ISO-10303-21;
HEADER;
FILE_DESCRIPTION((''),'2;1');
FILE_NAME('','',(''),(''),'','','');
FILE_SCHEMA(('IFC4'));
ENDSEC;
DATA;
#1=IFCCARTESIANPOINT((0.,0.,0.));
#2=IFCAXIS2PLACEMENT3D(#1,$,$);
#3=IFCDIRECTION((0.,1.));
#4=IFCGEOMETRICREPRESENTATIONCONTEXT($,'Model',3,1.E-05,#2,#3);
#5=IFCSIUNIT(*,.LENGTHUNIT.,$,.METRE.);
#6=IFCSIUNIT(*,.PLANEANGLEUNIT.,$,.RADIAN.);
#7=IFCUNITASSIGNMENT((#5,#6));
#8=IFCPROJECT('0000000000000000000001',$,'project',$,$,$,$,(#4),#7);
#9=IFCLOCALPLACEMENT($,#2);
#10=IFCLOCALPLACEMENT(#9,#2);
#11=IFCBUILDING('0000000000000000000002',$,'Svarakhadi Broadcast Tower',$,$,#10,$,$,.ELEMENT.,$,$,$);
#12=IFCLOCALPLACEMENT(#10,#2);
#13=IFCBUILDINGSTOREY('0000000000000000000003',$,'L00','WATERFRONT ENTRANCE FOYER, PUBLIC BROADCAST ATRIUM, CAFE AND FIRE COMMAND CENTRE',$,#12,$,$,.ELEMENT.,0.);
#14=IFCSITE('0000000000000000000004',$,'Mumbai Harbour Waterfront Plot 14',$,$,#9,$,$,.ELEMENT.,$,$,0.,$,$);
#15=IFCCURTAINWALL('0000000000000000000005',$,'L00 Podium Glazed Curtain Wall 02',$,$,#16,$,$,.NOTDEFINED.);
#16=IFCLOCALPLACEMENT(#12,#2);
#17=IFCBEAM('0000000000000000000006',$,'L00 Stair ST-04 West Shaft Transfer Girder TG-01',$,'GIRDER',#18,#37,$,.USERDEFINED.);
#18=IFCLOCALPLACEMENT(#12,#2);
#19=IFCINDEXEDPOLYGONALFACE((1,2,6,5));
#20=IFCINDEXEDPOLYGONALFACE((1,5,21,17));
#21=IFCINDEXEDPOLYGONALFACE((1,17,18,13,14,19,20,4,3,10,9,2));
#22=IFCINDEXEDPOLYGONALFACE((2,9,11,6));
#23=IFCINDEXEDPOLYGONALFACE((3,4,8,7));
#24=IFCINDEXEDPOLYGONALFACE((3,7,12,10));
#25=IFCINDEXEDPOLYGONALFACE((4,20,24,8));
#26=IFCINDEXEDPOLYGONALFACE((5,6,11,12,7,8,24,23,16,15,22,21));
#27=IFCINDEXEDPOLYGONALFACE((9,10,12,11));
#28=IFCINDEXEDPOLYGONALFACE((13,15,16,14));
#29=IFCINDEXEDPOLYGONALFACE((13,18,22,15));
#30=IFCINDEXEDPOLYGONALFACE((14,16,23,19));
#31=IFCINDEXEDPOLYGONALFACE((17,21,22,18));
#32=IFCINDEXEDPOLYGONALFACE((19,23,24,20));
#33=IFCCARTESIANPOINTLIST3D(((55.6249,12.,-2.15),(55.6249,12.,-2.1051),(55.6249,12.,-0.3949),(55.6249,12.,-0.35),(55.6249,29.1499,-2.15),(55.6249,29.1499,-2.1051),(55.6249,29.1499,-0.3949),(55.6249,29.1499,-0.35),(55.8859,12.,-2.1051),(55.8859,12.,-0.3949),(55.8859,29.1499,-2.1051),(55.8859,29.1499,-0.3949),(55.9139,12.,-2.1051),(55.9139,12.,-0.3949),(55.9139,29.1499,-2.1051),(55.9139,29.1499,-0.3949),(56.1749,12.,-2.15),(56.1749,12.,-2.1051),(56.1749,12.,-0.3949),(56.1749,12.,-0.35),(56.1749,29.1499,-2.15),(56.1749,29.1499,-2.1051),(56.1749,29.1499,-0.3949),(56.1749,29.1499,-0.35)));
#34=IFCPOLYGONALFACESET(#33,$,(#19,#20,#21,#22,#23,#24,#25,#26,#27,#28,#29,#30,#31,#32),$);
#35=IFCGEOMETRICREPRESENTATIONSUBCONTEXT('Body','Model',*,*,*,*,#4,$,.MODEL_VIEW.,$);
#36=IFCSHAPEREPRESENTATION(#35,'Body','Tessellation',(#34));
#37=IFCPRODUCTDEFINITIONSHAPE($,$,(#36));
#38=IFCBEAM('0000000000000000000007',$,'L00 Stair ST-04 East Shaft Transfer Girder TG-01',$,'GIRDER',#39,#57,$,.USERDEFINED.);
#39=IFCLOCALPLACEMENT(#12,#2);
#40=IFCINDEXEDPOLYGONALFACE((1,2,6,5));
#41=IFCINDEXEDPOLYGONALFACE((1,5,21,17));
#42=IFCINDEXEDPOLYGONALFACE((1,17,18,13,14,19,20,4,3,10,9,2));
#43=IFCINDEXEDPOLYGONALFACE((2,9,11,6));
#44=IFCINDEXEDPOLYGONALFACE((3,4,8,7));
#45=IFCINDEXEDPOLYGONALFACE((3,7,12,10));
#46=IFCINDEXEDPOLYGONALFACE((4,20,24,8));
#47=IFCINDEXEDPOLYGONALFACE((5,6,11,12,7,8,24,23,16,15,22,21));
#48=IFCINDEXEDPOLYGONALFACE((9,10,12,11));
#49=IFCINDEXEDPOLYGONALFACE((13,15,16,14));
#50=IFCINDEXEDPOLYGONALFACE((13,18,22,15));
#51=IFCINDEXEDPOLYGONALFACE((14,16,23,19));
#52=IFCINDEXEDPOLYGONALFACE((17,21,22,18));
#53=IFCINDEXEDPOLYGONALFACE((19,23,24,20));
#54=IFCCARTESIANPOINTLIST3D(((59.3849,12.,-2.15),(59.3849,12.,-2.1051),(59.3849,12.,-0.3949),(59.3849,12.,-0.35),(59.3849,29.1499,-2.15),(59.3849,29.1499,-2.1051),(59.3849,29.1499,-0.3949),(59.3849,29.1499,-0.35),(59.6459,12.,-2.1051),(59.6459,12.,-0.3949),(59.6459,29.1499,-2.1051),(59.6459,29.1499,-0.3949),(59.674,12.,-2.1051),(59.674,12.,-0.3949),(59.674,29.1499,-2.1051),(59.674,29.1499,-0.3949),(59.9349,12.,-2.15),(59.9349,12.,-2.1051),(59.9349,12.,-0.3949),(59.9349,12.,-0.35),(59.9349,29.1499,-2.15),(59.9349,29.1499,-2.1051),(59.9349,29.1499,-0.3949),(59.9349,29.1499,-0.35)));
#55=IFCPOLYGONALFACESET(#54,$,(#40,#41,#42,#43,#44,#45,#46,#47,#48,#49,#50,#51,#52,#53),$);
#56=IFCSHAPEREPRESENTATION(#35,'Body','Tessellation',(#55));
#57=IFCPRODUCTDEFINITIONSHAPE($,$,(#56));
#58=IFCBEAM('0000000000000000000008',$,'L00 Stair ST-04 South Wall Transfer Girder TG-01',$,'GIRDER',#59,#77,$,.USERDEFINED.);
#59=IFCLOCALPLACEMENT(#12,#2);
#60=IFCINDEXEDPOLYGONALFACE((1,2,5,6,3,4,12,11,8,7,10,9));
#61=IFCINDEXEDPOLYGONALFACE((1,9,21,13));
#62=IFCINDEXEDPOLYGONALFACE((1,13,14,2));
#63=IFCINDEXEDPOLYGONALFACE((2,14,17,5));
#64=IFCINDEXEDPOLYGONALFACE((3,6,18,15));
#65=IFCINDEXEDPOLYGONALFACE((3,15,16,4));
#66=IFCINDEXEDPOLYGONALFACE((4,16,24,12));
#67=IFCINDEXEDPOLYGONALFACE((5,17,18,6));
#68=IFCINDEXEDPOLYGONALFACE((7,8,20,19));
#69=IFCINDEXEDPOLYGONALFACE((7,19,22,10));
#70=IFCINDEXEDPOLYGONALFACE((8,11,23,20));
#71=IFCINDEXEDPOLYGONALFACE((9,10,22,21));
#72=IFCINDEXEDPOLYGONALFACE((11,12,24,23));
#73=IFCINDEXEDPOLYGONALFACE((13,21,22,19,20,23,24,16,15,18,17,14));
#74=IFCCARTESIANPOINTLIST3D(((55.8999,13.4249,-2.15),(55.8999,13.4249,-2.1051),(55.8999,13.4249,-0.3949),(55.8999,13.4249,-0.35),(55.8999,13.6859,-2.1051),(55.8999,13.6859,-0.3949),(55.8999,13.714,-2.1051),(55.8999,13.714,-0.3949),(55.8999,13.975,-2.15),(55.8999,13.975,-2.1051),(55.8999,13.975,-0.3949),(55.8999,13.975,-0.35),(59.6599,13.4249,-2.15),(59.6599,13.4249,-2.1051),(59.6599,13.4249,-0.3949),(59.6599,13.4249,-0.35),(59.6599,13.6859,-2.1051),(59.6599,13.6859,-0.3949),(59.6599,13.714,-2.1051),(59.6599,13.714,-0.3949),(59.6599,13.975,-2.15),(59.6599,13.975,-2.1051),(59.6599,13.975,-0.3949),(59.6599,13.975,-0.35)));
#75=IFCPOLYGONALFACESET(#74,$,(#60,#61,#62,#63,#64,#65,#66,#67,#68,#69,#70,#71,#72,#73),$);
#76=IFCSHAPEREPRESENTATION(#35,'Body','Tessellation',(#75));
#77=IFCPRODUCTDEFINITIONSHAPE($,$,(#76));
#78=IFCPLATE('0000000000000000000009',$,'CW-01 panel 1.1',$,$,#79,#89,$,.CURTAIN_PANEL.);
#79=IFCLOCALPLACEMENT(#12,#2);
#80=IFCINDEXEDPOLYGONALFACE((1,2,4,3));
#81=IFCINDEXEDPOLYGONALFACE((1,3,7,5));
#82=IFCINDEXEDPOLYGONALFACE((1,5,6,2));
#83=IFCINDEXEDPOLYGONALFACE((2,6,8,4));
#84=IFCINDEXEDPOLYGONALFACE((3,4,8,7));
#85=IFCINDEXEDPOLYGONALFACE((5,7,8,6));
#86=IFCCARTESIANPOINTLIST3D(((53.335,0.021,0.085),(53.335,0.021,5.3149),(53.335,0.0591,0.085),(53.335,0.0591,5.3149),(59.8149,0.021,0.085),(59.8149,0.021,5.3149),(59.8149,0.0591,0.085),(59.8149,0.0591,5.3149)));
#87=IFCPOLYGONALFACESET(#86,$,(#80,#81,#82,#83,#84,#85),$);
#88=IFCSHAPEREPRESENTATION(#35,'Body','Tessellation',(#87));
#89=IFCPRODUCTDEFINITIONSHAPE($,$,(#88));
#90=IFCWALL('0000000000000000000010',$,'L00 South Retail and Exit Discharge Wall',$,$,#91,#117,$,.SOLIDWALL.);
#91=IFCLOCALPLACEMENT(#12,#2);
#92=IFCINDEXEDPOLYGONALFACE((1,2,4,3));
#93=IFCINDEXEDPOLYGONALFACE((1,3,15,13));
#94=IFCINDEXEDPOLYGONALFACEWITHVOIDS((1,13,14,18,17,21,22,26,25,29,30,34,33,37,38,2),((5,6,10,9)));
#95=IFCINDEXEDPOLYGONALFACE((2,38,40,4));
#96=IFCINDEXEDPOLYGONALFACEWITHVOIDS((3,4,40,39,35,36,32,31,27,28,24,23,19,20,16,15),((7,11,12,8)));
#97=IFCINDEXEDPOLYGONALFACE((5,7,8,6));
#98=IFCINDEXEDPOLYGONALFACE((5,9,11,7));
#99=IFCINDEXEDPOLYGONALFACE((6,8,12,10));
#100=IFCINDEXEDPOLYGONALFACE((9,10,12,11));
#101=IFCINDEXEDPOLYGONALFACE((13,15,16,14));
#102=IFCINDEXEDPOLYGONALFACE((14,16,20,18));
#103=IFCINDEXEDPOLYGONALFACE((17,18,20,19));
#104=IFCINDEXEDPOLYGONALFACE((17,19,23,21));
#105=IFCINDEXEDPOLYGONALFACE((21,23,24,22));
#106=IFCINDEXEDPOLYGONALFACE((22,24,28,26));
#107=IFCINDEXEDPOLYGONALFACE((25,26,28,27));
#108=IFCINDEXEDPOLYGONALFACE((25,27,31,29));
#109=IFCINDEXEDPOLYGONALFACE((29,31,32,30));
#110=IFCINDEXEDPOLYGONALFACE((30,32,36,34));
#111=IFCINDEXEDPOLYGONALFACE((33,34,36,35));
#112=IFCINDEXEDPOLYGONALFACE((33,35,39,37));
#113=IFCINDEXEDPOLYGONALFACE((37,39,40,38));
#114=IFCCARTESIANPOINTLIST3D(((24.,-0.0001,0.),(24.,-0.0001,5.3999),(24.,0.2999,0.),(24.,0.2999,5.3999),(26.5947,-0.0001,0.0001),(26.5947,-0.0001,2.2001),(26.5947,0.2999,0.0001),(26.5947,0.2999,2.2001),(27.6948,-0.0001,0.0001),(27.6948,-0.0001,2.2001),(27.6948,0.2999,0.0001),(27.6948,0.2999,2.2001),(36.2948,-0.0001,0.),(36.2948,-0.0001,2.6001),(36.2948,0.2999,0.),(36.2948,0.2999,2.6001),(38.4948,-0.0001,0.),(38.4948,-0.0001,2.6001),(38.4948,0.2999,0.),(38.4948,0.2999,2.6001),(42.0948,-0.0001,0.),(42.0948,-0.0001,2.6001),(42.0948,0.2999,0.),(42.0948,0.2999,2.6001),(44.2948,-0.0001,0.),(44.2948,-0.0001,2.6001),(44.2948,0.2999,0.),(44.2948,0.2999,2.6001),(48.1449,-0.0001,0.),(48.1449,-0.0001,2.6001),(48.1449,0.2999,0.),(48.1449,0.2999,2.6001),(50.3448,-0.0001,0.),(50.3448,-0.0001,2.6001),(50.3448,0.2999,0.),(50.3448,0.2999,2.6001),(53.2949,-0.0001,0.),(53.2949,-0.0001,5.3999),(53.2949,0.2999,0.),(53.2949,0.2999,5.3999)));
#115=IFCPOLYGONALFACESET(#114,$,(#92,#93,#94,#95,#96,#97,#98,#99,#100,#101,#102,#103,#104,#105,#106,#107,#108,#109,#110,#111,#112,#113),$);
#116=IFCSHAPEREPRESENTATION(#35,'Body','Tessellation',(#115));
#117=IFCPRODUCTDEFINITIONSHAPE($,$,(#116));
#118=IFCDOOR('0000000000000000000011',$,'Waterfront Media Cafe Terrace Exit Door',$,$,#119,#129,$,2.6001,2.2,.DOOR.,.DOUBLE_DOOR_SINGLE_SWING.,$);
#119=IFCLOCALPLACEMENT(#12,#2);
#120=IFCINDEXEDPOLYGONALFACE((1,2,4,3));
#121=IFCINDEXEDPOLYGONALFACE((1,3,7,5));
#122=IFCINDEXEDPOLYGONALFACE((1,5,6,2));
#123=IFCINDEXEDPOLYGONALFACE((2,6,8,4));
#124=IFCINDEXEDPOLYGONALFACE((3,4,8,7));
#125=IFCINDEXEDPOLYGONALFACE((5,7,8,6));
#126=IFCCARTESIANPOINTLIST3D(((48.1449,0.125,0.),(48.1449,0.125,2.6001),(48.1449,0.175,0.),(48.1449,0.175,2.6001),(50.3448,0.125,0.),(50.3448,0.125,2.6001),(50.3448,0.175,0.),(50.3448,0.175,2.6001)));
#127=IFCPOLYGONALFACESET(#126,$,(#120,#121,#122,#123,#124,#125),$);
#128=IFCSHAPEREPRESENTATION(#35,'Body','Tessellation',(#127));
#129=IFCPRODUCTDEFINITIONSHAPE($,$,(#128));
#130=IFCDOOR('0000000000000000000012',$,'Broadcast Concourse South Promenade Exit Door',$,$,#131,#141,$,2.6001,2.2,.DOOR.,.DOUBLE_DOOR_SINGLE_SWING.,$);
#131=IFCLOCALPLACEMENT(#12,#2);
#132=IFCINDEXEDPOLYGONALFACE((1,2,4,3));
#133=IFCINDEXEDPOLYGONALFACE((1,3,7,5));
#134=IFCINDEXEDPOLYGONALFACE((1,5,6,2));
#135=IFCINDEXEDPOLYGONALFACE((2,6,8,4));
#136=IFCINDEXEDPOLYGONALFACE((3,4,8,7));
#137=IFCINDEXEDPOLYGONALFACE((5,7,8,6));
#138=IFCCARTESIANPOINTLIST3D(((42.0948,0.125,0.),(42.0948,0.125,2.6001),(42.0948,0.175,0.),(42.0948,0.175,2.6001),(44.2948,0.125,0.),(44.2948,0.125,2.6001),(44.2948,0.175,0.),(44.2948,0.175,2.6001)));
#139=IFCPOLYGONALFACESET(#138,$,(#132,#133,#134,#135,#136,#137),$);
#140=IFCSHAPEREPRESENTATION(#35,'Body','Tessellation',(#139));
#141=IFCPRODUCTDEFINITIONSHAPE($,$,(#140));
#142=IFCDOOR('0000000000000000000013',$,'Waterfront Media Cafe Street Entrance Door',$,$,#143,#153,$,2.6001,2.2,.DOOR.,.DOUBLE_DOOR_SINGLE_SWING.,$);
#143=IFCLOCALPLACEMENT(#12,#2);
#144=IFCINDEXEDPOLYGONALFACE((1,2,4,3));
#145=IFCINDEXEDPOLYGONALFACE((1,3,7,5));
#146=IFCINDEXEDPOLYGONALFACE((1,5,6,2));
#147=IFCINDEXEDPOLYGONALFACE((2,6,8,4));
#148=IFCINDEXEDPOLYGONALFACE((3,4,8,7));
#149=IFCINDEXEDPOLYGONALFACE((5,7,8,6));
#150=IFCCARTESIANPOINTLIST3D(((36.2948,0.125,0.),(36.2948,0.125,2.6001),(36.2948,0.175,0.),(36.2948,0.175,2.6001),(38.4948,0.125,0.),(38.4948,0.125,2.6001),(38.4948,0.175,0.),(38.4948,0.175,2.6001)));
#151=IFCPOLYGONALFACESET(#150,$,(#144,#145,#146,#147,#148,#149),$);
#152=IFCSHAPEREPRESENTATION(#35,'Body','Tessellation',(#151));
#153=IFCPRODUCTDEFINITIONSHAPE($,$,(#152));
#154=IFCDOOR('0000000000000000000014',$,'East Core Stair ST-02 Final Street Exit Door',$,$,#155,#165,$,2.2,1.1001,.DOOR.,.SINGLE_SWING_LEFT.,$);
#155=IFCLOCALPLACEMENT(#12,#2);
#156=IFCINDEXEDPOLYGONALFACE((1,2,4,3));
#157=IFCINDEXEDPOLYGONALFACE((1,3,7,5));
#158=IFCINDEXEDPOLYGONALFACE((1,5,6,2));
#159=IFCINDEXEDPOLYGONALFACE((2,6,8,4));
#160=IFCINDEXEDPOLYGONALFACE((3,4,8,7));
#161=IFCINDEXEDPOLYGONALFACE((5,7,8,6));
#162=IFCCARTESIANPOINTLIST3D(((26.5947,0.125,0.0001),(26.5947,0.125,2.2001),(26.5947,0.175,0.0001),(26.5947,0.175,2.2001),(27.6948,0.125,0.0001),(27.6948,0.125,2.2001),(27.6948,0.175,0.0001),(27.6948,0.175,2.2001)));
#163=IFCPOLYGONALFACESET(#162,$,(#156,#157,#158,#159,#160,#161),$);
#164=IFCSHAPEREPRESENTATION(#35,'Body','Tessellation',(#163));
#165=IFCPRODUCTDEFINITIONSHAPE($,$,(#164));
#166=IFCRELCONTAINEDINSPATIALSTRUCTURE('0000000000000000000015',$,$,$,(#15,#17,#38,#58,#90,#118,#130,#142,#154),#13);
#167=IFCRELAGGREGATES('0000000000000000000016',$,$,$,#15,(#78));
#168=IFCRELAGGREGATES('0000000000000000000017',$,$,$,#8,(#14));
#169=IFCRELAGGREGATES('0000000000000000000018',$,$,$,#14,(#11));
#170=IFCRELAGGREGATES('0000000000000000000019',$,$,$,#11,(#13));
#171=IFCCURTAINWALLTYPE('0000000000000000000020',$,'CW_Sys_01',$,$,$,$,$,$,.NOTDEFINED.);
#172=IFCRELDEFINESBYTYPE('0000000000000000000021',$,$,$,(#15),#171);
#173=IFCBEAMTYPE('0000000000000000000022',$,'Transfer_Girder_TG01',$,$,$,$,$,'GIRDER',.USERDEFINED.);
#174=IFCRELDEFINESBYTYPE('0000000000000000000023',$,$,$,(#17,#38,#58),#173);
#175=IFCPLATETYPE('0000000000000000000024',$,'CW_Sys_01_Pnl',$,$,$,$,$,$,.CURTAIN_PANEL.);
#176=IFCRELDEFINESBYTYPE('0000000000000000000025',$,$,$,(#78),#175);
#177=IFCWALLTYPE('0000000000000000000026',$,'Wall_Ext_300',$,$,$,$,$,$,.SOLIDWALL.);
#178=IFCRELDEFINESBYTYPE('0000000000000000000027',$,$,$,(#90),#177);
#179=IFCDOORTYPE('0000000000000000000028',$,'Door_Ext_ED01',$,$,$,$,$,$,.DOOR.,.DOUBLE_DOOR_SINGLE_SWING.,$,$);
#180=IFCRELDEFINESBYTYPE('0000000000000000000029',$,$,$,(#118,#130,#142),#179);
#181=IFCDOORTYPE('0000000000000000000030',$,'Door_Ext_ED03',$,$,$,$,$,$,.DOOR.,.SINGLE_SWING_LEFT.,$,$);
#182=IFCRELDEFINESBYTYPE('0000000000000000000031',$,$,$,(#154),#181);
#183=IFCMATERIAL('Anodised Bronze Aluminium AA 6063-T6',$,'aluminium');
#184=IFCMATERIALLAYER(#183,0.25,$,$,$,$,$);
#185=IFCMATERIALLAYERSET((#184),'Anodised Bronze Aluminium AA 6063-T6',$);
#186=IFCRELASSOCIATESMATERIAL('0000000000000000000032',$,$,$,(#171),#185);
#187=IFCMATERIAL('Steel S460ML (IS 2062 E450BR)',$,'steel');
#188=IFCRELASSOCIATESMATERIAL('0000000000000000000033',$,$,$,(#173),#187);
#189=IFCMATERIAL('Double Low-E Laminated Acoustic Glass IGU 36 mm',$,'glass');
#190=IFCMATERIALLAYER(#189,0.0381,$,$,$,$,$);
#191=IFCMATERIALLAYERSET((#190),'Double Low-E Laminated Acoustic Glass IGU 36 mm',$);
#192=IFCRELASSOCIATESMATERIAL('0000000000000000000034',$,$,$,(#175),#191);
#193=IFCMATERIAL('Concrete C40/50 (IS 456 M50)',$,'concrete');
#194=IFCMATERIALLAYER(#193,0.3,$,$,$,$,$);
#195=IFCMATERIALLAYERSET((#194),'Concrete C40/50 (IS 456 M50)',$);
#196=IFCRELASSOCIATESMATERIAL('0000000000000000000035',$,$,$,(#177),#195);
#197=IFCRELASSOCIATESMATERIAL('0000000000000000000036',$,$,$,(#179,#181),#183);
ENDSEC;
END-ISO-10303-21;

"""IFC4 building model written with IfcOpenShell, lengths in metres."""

from ifc_helpers import new_model, si_unit, direction, frame, frame_2d, origin, origin_2d, place, context, subcontext, project, spatial, rectangle, i_section, extrude, material, layer, layer_set, material_profile, profile_set, type_object, element, fill, aggregate, save


model = new_model("IFC4")

# Units and contexts
model_context = context("Model", 3, precision=1e-05, world=origin(), true_north=direction((0.0, 1.0)))
body_context = subcontext(model_context, "Body", "Model", "MODEL_VIEW")
ifc_project = project(units=[si_unit("LENGTHUNIT", "METRE"), si_unit("PLANEANGLEUNIT", "RADIAN")], contexts=[model_context])

# Site, building, storey
site_placement = place(None, origin())
site = spatial("IfcSite", under=ifc_project, at=site_placement, Name="Mumbai Harbour Waterfront Plot 14", CompositionType="ELEMENT", RefElevation=0.0)
building_placement = place(site_placement, origin())
building = spatial("IfcBuilding", under=site, at=building_placement, Name="Svarakhadi Broadcast Tower", CompositionType="ELEMENT")
storey_placement = place(building_placement, origin())
storey = spatial("IfcBuildingStorey", under=building, at=storey_placement, Name="L00", Description="WATERFRONT ENTRANCE FOYER, PUBLIC BROADCAST ATRIUM, CAFE AND FIRE COMMAND CENTRE", CompositionType="ELEMENT", Elevation=0.0)

# Curtain wall
ifc_material_1 = material(Name="Anodised Bronze Aluminium AA 6063-T6", Category="aluminium")
ifc_layer_1 = layer(ifc_material_1, 0.25)
ifc_layer_set_1 = layer_set([ifc_layer_1], Name="Anodised Bronze Aluminium AA 6063-T6")
curtain_wall_type = type_object("IfcCurtainWallType", Name="CW_Sys_01", PredefinedType="NOTDEFINED", material=ifc_layer_set_1)
curtain_wall_placement = place(storey_placement, origin())
curtain_wall = element("IfcCurtainWall", 1, at=curtain_wall_placement, inside=storey, type_object=curtain_wall_type, Name="L00 Podium Glazed Curtain Wall 02", PredefinedType="NOTDEFINED")

# Beams
ifc_material_2 = material(Name="Steel S460ML (IS 2062 E450BR)", Category="steel")
ifc_material_profile_1 = material_profile(ifc_material_2, i_section(OverallWidth=0.55, OverallDepth=1.8, WebThickness=0.0281, FlangeThickness=0.0449, at=origin_2d()), Name="PG 1800x550x45")
ifc_profile_set_1 = profile_set([ifc_material_profile_1], Name="Steel S460ML (IS 2062 E450BR)")
beam_type_1 = type_object("IfcBeamType", Name="Transfer_Girder_TG01", ElementType="GIRDER", PredefinedType="USERDEFINED", material=ifc_profile_set_1)
for number, where, z_axis, x_axis, name in (
    (2, (55.8999, 12.0, -1.25), (0.0, 1.0, 0.0), (-1.0, 0.0, 0.0), "L00 Stair ST-04 West Shaft Transfer Girder TG-01"),
    (3, (59.6599, 12.0, -1.25), (0.0, 1.0, 0.0), (-1.0, 0.0, 0.0), "L00 Stair ST-04 East Shaft Transfer Girder TG-01"),
):
    element("IfcBeam", number, at=place(storey_placement, frame(where, z_axis=z_axis, x_axis=x_axis)), inside=storey, type_object=beam_type_1, Name=name, ObjectType="GIRDER", PredefinedType="USERDEFINED", context=body_context, shape_type="SweptSolid", body=[
        extrude(i_section(OverallWidth=0.55, OverallDepth=1.8, WebThickness=0.0281, FlangeThickness=0.0449, at=origin_2d()), origin(), (0.0, 0.0, 1.0), 17.1499),
    ])
beam_1_placement = place(storey_placement, frame((55.8999, 13.7, -1.25), z_axis=(1.0, 0.0, 0.0), x_axis=(0.0, 1.0, 0.0)))
element("IfcBeam", 4, at=beam_1_placement, inside=storey, type_object=beam_type_1, Name="L00 Stair ST-04 South Wall Transfer Girder TG-01", ObjectType="GIRDER", PredefinedType="USERDEFINED", context=body_context, shape_type="SweptSolid", body=[
    extrude(i_section(OverallWidth=0.55, OverallDepth=1.8, WebThickness=0.0281, FlangeThickness=0.0449, at=origin_2d()), origin(), (0.0, 0.0, 1.0), 3.76),
])

# Plate
ifc_material_3 = material(Name="Double Low-E Laminated Acoustic Glass IGU 36 mm", Category="glass")
ifc_layer_2 = layer(ifc_material_3, 0.0381)
ifc_layer_set_2 = layer_set([ifc_layer_2], Name="Double Low-E Laminated Acoustic Glass IGU 36 mm")
plate_type = type_object("IfcPlateType", Name="CW_Sys_01_Pnl", PredefinedType="CURTAIN_PANEL", material=ifc_layer_set_2)
plate_placement = place(storey_placement, frame((56.575, 0.04, 0.085), z_axis=(0.0, 0.0, 1.0), x_axis=(-1.0, 0.0, 0.0)))
plate = element("IfcPlate", 5, at=plate_placement, type_object=plate_type, Name="CW-01 panel 1.1", PredefinedType="CURTAIN_PANEL", context=body_context, shape_type="SweptSolid", body=[
    extrude(rectangle(XDim=6.48, YDim=0.0381, at=origin_2d()), origin(), (0.0, 0.0, 1.0), 5.23),
])
aggregate(curtain_wall, [plate])

# Wall, openings, doors
ifc_material_4 = material(Name="Concrete C40/50 (IS 456 M50)", Category="concrete")
ifc_layer_3 = layer(ifc_material_4, 0.3)
ifc_layer_set_3 = layer_set([ifc_layer_3], Name="Concrete C40/50 (IS 456 M50)")
wall_type_1 = type_object("IfcWallType", Name="Wall_Ext_300", PredefinedType="SOLIDWALL", material=ifc_layer_set_3)
wall_1_placement = place(storey_placement, frame((53.2949, 0.1499, 0.0), z_axis=(0.0, 0.0, 1.0), x_axis=(-1.0, 0.0, 0.0)))
wall_1 = element("IfcWall", 6, at=wall_1_placement, inside=storey, type_object=wall_type_1, Name="L00 South Retail and Exit Discharge Wall", PredefinedType="SOLIDWALL", context=body_context, shape_type="SweptSolid", body=[
    extrude(rectangle(XDim=29.2949, YDim=0.3, at=frame_2d((14.6475, 0.0))), origin(), (0.0, 0.0, 1.0), 5.3999),
])
opening_1_placement = place(wall_1_placement, frame((2.95, 0.0, 0.0)))
opening_1 = element("IfcOpeningElement", 7, at=opening_1_placement, cuts=wall_1, PredefinedType="OPENING", context=body_context, shape_type="SweptSolid", body=[
    extrude(rectangle(XDim=2.2, YDim=2.6001, at=frame_2d((1.1001, 1.3))), frame((0.0, 0.1599, 0.0), z_axis=(0.0, -1.0, 0.0), x_axis=(1.0, 0.0, 0.0)), (0.0, 0.0, 1.0), 0.3201),
])
opening_2_placement = place(wall_1_placement, frame((9.0, 0.0, 0.0)))
opening_2 = element("IfcOpeningElement", 8, at=opening_2_placement, cuts=wall_1, PredefinedType="OPENING", context=body_context, shape_type="SweptSolid", body=[
    extrude(rectangle(XDim=2.2, YDim=2.6001, at=frame_2d((1.1001, 1.3))), frame((0.0, 0.1599, 0.0), z_axis=(0.0, -1.0, 0.0), x_axis=(1.0, 0.0, 0.0)), (0.0, 0.0, 1.0), 0.3201),
])
opening_3_placement = place(wall_1_placement, frame((14.8, 0.0, 0.0)))
opening_3 = element("IfcOpeningElement", 9, at=opening_3_placement, cuts=wall_1, PredefinedType="OPENING", context=body_context, shape_type="SweptSolid", body=[
    extrude(rectangle(XDim=2.2, YDim=2.6001, at=frame_2d((1.1001, 1.3))), frame((0.0, 0.1599, 0.0), z_axis=(0.0, -1.0, 0.0), x_axis=(1.0, 0.0, 0.0)), (0.0, 0.0, 1.0), 0.3201),
])
opening_4_placement = place(wall_1_placement, frame((25.6001, 0.0, 0.0)))
opening_4 = element("IfcOpeningElement", 10, at=opening_4_placement, cuts=wall_1, PredefinedType="OPENING", context=body_context, shape_type="SweptSolid", body=[
    extrude(rectangle(XDim=1.1001, YDim=2.2, at=frame_2d((0.55, 1.1001))), frame((0.0, 0.1599, 0.0), z_axis=(0.0, -1.0, 0.0), x_axis=(1.0, 0.0, 0.0)), (0.0, 0.0, 1.0), 0.3201),
])
door_type_1 = type_object("IfcDoorType", Name="Door_Ext_ED01", OperationType="DOUBLE_DOOR_SINGLE_SWING", PredefinedType="DOOR", material=ifc_material_1)
door_1_placement = place(opening_1_placement, origin())
door_1 = element("IfcDoor", 11, at=door_1_placement, inside=storey, type_object=door_type_1, Name="Waterfront Media Cafe Terrace Exit Door", OperationType="DOUBLE_DOOR_SINGLE_SWING", OverallHeight=2.6001, OverallWidth=2.2, PredefinedType="DOOR", context=body_context, shape_type="SweptSolid", body=[
    extrude(rectangle(XDim=2.2, YDim=2.6001, at=frame_2d((1.1001, 1.3))), frame((0.0, 0.0249, 0.0), z_axis=(0.0, -1.0, 0.0), x_axis=(1.0, 0.0, 0.0)), (0.0, 0.0, 1.0), 0.05),
])
fill(opening_1, door_1)
door_2_placement = place(opening_2_placement, origin())
door_2 = element("IfcDoor", 12, at=door_2_placement, inside=storey, type_object=door_type_1, Name="Broadcast Concourse South Promenade Exit Door", OperationType="DOUBLE_DOOR_SINGLE_SWING", OverallHeight=2.6001, OverallWidth=2.2, PredefinedType="DOOR", context=body_context, shape_type="SweptSolid", body=[
    extrude(rectangle(XDim=2.2, YDim=2.6001, at=frame_2d((1.1001, 1.3))), frame((0.0, 0.0249, 0.0), z_axis=(0.0, -1.0, 0.0), x_axis=(1.0, 0.0, 0.0)), (0.0, 0.0, 1.0), 0.05),
])
fill(opening_2, door_2)
door_3_placement = place(opening_3_placement, origin())
door_3 = element("IfcDoor", 13, at=door_3_placement, inside=storey, type_object=door_type_1, Name="Waterfront Media Cafe Street Entrance Door", OperationType="DOUBLE_DOOR_SINGLE_SWING", OverallHeight=2.6001, OverallWidth=2.2, PredefinedType="DOOR", context=body_context, shape_type="SweptSolid", body=[
    extrude(rectangle(XDim=2.2, YDim=2.6001, at=frame_2d((1.1001, 1.3))), frame((0.0, 0.0249, 0.0), z_axis=(0.0, -1.0, 0.0), x_axis=(1.0, 0.0, 0.0)), (0.0, 0.0, 1.0), 0.05),
])
fill(opening_3, door_3)
door_type_2 = type_object("IfcDoorType", Name="Door_Ext_ED03", OperationType="SINGLE_SWING_LEFT", PredefinedType="DOOR", material=ifc_material_1)
door_4_placement = place(opening_4_placement, origin())
door_4 = element("IfcDoor", 14, at=door_4_placement, inside=storey, type_object=door_type_2, Name="East Core Stair ST-02 Final Street Exit Door", OperationType="SINGLE_SWING_LEFT", OverallHeight=2.2, OverallWidth=1.1001, PredefinedType="DOOR", context=body_context, shape_type="SweptSolid", body=[
    extrude(rectangle(XDim=1.1001, YDim=2.2, at=frame_2d((0.55, 1.1001))), frame((0.0, 0.0249, 0.0), z_axis=(0.0, -1.0, 0.0), x_axis=(1.0, 0.0, 0.0)), (0.0, 0.0, 1.0), 0.05),
])
fill(opening_4, door_4)

save(model, "model.ifc")
